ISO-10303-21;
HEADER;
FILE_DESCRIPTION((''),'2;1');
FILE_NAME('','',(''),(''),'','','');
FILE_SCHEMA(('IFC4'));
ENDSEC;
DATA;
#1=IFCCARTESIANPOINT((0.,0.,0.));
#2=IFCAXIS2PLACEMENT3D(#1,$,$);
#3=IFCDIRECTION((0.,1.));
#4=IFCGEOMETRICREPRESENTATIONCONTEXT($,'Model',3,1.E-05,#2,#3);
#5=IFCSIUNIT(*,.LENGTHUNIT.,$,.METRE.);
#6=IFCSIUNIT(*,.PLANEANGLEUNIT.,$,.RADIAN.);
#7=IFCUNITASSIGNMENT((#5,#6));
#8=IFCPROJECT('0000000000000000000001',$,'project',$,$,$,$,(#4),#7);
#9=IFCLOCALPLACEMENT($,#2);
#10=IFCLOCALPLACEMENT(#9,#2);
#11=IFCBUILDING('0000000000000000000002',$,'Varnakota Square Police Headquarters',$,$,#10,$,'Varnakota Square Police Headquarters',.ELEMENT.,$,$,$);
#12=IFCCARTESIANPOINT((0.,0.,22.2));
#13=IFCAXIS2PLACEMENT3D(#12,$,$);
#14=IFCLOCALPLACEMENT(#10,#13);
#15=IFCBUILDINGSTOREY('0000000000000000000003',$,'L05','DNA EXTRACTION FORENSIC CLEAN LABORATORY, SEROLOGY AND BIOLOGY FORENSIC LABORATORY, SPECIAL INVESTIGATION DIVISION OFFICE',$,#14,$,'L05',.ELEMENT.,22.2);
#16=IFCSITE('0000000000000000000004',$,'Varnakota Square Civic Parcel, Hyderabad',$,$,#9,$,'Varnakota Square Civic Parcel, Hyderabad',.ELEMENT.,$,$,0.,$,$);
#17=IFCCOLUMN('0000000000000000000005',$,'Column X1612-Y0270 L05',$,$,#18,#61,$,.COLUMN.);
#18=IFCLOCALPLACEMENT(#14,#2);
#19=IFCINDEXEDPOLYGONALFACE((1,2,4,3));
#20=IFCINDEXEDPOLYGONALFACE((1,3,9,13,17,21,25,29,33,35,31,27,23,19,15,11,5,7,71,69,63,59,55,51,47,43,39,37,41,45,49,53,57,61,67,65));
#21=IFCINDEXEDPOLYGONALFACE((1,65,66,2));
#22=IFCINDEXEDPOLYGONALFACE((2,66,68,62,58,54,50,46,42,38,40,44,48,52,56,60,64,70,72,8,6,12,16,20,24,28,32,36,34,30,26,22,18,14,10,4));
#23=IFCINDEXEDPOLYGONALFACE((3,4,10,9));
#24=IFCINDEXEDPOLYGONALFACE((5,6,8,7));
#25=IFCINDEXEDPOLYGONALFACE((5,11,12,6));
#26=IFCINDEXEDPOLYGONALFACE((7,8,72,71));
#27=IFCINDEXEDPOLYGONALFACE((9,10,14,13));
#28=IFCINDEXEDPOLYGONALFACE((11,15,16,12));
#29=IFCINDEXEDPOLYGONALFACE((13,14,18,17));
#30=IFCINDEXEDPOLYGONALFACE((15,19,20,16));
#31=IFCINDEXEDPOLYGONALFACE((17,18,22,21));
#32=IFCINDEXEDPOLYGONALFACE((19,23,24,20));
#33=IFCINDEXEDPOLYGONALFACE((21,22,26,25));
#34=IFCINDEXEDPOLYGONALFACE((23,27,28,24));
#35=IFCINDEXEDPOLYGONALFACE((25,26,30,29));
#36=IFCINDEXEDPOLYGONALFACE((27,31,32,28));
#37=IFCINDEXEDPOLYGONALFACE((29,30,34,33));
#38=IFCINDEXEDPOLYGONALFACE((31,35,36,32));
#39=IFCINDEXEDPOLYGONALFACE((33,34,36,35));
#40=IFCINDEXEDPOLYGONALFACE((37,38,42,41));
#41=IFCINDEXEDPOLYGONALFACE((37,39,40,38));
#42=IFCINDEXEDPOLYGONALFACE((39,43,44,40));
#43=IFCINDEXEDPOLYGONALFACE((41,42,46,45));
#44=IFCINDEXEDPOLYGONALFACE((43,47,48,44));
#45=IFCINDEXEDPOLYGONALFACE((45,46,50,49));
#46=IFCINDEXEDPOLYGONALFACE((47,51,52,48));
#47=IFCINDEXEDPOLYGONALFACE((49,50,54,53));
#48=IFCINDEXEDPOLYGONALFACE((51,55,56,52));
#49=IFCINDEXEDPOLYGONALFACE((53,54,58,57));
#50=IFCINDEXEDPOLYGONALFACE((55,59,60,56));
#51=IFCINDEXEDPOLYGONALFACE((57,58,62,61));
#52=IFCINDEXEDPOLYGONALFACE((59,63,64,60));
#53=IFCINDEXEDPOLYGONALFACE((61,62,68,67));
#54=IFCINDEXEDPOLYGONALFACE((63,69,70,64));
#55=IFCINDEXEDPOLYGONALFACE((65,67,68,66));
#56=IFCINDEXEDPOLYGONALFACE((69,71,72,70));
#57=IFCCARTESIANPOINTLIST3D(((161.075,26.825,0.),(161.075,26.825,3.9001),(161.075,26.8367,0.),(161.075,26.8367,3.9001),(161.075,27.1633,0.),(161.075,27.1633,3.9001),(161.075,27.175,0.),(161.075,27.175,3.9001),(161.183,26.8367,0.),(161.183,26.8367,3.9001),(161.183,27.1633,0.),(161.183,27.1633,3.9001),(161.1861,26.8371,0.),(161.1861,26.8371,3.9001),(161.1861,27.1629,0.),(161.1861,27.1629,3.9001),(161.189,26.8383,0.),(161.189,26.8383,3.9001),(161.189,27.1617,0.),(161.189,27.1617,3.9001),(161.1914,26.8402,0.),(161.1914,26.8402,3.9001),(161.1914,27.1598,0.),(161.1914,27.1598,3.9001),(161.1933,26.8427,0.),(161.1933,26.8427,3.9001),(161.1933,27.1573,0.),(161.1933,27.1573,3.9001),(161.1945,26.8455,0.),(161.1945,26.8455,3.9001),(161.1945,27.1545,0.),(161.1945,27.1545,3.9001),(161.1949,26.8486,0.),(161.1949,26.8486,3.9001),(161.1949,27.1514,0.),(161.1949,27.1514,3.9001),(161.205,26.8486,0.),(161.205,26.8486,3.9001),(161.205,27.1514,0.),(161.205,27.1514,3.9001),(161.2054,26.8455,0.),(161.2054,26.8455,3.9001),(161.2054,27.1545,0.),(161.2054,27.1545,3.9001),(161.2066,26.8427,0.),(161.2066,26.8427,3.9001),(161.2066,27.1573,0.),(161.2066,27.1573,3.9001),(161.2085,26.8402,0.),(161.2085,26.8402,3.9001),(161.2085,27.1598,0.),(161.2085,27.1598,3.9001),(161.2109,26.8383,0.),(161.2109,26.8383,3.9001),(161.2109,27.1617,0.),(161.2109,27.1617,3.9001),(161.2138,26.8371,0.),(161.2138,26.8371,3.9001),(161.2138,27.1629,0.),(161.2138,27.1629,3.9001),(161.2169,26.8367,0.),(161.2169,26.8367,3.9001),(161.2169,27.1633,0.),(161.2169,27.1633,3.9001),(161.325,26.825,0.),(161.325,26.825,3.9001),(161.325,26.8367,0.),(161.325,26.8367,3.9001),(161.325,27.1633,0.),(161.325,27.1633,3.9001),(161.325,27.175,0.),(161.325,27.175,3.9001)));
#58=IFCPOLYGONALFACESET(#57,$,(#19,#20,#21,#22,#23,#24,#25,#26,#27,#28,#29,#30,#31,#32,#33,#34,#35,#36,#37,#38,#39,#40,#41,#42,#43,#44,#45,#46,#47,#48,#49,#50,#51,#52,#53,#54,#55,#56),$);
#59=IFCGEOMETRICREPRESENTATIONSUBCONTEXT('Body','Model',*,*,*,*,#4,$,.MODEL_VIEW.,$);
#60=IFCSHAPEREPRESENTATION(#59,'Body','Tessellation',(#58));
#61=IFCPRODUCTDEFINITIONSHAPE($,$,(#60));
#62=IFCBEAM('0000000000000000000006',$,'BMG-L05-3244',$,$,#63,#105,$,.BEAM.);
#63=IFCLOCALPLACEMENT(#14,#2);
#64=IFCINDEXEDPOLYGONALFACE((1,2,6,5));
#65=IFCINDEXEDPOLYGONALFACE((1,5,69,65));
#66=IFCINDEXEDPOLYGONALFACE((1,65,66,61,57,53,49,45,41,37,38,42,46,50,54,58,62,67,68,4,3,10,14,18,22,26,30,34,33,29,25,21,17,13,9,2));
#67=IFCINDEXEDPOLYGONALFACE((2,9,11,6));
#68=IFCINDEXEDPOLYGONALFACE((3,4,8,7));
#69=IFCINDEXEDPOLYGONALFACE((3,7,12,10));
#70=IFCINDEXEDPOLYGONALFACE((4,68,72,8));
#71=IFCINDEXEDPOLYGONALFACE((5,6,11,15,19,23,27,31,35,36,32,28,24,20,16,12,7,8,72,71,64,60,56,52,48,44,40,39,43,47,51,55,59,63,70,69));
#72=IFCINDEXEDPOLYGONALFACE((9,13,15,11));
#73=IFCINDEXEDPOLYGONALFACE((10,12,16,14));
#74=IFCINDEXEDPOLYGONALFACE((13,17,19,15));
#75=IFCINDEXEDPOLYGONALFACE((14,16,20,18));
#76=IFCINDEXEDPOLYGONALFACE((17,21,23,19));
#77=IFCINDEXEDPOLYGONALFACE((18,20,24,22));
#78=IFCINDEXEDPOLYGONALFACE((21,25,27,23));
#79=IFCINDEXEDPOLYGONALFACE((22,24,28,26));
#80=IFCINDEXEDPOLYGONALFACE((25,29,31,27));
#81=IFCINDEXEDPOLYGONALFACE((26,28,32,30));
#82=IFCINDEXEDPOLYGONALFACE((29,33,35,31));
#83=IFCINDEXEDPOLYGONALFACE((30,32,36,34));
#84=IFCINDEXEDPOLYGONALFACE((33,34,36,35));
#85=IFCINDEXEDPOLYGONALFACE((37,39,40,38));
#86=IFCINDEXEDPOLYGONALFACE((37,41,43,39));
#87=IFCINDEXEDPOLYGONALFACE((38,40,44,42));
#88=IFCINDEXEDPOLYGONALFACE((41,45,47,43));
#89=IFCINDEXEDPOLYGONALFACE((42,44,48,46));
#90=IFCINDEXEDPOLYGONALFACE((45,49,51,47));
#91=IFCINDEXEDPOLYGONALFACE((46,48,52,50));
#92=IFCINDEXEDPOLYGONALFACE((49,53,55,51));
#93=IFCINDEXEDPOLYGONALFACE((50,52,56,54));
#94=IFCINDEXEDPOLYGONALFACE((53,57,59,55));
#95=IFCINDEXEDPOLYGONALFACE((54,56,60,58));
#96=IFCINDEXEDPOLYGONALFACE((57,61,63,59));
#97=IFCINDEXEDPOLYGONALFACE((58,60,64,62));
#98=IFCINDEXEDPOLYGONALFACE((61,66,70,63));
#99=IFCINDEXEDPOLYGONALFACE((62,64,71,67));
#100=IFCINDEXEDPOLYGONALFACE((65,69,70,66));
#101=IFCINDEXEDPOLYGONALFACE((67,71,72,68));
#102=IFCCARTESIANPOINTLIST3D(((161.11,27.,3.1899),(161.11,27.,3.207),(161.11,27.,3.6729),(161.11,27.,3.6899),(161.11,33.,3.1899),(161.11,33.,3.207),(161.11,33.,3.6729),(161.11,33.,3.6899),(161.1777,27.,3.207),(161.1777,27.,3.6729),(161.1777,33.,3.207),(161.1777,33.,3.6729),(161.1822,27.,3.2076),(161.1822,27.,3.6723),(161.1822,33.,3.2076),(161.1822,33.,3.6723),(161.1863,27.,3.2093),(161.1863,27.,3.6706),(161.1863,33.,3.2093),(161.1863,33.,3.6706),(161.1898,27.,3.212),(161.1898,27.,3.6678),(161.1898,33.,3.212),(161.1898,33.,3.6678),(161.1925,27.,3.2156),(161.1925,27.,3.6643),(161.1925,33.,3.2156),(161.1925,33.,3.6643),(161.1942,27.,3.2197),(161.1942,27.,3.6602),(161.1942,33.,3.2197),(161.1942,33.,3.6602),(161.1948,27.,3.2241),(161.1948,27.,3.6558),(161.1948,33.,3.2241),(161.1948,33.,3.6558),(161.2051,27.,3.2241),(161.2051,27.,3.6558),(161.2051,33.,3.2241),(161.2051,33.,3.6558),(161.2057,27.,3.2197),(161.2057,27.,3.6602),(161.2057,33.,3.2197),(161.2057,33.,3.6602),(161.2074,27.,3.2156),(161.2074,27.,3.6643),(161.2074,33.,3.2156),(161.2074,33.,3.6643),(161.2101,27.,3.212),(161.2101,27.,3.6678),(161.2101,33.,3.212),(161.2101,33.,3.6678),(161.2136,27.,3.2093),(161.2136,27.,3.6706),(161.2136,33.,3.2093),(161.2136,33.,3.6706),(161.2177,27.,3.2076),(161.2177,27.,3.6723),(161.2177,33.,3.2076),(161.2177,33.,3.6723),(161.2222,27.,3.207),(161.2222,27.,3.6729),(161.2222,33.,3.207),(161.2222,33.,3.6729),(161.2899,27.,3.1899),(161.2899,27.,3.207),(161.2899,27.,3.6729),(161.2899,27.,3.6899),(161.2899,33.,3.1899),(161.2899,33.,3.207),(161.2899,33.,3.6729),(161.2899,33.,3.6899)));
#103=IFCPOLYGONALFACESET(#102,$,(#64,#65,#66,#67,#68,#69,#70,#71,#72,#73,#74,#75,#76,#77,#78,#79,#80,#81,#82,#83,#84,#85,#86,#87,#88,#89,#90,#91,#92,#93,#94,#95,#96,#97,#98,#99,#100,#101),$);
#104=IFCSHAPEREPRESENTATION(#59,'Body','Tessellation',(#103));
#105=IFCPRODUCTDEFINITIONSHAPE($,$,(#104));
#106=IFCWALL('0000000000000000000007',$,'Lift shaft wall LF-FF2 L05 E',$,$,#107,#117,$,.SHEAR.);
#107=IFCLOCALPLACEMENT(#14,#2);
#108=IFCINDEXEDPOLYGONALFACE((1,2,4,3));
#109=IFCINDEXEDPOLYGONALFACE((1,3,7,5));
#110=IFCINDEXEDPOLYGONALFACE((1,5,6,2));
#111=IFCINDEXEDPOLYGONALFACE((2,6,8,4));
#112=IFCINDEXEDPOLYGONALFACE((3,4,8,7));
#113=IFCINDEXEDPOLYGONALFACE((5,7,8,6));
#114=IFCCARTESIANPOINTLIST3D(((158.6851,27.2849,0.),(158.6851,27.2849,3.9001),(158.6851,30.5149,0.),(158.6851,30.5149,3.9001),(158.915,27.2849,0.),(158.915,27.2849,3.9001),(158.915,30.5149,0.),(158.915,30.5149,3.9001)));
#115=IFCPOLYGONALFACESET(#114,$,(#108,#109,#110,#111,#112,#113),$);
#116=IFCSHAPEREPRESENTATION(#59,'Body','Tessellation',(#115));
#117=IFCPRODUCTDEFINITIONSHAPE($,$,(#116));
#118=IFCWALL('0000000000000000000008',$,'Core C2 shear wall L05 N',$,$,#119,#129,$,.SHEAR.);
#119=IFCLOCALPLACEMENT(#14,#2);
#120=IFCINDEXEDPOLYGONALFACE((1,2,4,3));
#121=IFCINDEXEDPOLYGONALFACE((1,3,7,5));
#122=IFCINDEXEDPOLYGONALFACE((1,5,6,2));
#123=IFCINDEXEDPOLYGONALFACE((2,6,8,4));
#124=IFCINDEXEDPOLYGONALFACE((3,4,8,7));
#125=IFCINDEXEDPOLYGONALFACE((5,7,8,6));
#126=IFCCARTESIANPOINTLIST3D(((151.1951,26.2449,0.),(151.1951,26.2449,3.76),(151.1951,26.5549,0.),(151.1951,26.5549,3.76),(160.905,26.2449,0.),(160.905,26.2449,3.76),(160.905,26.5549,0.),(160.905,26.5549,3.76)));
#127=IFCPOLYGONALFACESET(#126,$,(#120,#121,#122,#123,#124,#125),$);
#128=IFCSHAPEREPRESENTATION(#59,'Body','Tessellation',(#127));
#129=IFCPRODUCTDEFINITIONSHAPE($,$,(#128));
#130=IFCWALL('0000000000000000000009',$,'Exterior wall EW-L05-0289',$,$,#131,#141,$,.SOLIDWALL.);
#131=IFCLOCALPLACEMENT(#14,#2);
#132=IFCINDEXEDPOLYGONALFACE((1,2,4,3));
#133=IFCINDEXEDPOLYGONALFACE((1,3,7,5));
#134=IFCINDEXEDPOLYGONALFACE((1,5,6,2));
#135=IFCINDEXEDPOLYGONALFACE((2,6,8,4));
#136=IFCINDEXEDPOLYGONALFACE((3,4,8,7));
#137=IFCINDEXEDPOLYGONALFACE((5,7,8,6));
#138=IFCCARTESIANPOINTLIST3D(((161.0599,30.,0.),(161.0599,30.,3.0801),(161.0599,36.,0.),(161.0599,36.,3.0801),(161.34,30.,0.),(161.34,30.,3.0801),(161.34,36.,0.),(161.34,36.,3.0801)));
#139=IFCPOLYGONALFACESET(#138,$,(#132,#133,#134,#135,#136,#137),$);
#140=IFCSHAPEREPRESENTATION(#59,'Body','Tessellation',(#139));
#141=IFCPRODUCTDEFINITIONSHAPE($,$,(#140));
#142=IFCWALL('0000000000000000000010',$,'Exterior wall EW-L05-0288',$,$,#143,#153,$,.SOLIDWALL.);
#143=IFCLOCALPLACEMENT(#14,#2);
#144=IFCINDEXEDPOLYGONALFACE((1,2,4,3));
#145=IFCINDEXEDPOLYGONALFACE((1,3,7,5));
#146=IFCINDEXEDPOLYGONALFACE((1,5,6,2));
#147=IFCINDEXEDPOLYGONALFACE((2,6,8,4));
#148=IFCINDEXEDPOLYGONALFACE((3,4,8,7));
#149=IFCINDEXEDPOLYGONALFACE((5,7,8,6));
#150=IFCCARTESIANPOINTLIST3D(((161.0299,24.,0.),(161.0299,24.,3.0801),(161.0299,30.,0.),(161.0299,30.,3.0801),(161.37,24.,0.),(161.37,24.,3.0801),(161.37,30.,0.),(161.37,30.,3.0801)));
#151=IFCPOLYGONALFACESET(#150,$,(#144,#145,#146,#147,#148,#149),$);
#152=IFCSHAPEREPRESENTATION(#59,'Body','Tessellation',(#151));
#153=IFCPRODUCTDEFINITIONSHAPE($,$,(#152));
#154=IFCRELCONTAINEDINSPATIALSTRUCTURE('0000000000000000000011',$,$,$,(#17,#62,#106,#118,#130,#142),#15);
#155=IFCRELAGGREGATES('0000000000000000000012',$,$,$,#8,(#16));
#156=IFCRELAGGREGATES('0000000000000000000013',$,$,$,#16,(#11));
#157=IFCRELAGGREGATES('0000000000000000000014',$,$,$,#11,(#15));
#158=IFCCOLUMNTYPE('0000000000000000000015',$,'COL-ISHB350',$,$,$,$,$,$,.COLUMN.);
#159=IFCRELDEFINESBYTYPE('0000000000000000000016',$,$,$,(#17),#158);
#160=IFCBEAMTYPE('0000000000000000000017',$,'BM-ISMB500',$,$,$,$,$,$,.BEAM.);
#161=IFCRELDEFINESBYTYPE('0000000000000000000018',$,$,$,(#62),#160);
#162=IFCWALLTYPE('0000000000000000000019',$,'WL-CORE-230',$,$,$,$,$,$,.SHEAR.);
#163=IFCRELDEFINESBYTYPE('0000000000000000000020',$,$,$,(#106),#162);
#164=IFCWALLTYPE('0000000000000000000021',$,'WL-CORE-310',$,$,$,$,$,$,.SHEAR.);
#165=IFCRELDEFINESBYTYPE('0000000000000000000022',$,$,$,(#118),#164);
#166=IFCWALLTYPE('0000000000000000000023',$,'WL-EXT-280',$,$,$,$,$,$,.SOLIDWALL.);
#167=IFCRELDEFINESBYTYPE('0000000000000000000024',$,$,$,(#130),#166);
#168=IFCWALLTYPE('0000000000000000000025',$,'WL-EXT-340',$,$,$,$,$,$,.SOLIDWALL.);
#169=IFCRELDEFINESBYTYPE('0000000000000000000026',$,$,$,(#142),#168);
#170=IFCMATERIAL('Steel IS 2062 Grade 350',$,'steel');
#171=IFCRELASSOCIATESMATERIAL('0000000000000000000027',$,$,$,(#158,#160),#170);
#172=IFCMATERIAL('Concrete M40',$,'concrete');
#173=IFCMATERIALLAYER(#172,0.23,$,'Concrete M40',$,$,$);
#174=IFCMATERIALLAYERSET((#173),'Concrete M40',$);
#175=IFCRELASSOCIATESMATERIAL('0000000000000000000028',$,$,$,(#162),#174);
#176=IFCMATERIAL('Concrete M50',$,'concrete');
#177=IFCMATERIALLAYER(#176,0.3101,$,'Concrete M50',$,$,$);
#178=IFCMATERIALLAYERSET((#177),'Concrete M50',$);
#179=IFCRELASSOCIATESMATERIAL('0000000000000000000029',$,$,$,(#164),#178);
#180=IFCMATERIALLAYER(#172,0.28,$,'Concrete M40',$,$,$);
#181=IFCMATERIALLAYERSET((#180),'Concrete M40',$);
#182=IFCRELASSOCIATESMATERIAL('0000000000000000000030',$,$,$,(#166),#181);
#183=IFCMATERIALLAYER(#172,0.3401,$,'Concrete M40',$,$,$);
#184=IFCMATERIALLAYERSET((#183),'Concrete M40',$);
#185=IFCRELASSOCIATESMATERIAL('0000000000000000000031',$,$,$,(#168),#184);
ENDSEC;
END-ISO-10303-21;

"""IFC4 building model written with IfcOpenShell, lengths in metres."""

from ifc_helpers import new_model, si_unit, direction, frame, frame_2d, origin, origin_2d, place, context, subcontext, project, spatial, rectangle, i_section, extrude, material, layer, layer_set, material_profile, profile_set, type_object, element, save


model = new_model("IFC4")

# Units and contexts
model_context = context("Model", 3, precision=1e-05, world=origin(), true_north=direction((0.0, 1.0)))
body_context = subcontext(model_context, "Body", "Model", "MODEL_VIEW")
ifc_project = project(units=[si_unit("LENGTHUNIT", "METRE"), si_unit("PLANEANGLEUNIT", "RADIAN")], contexts=[model_context])

# Site, building, storey
site_placement = place(None, origin())
site = spatial("IfcSite", under=ifc_project, at=site_placement, Name="Varnakota Square Civic Parcel, Hyderabad", LongName="Varnakota Square Civic Parcel, Hyderabad", CompositionType="ELEMENT", RefElevation=0.0)
building_placement = place(site_placement, origin())
building = spatial("IfcBuilding", under=site, at=building_placement, Name="Varnakota Square Police Headquarters", LongName="Varnakota Square Police Headquarters", CompositionType="ELEMENT")
storey_placement = place(building_placement, frame((0.0, 0.0, 22.2)))
storey = spatial("IfcBuildingStorey", under=building, at=storey_placement, Name="L05", Description="DNA EXTRACTION FORENSIC CLEAN LABORATORY, SEROLOGY AND BIOLOGY FORENSIC LABORATORY, SPECIAL INVESTIGATION DIVISION OFFICE", LongName="L05", CompositionType="ELEMENT", Elevation=22.2)

# Column
ifc_material_1 = material(Name="Steel IS 2062 Grade 350", Category="steel")
ifc_material_profile_1 = material_profile(ifc_material_1, i_section(OverallWidth=0.25, OverallDepth=0.3501, WebThickness=0.01, FlangeThickness=0.0117, FilletRadius=0.012, at=origin_2d()), Name="ISHB 350")
ifc_profile_set_1 = profile_set([ifc_material_profile_1], Name="Steel IS 2062 Grade 350")
column_type = type_object("IfcColumnType", Name="COL-ISHB350", PredefinedType="COLUMN", material=ifc_profile_set_1)
column_placement = place(storey_placement, frame((161.2, 27.0, 0.0), z_axis=(0.0, 0.0, 1.0), x_axis=(1.0, 0.0, 0.0)))
element("IfcColumn", 1, at=column_placement, inside=storey, type_object=column_type, Name="Column X1612-Y0270 L05", PredefinedType="COLUMN", context=body_context, shape_type="SweptSolid", body=[
    extrude(i_section(OverallWidth=0.25, OverallDepth=0.3501, WebThickness=0.01, FlangeThickness=0.0117, FilletRadius=0.012, at=origin_2d()), origin(), (0.0, 0.0, 1.0), 3.9001),
])

# Beam
ifc_material_profile_2 = material_profile(ifc_material_1, i_section(OverallWidth=0.1799, OverallDepth=0.5, WebThickness=0.0103, FlangeThickness=0.0171, FilletRadius=0.0171, at=origin_2d()), Name="ISMB 500")
ifc_profile_set_2 = profile_set([ifc_material_profile_2], Name="Steel IS 2062 Grade 350")
beam_type = type_object("IfcBeamType", Name="BM-ISMB500", PredefinedType="BEAM", material=ifc_profile_set_2)
beam_placement = place(storey_placement, frame((161.2, 27.0, 3.4399), z_axis=(0.0, 1.0, 0.0), x_axis=(-1.0, 0.0, 0.0)))
element("IfcBeam", 2, at=beam_placement, inside=storey, type_object=beam_type, Name="BMG-L05-3244", PredefinedType="BEAM", context=body_context, shape_type="SweptSolid", body=[
    extrude(i_section(OverallWidth=0.1799, OverallDepth=0.5, WebThickness=0.0103, FlangeThickness=0.0171, FilletRadius=0.0171, at=origin_2d()), origin(), (0.0, 0.0, 1.0), 6.0),
])

# Walls
ifc_material_2 = material(Name="Concrete M40", Category="concrete")
ifc_layer_1 = layer(ifc_material_2, 0.23, Name="Concrete M40")
ifc_layer_set_1 = layer_set([ifc_layer_1], Name="Concrete M40")
wall_type_1 = type_object("IfcWallType", Name="WL-CORE-230", PredefinedType="SHEAR", material=ifc_layer_set_1)
wall_1_placement = place(storey_placement, frame((158.8, 27.2849, 0.0), z_axis=(0.0, 0.0, 1.0), x_axis=(0.0, 1.0, 0.0)))
element("IfcWall", 3, at=wall_1_placement, inside=storey, type_object=wall_type_1, Name="Lift shaft wall LF-FF2 L05 E", PredefinedType="SHEAR", context=body_context, shape_type="SweptSolid", body=[
    extrude(rectangle(XDim=3.23, YDim=0.23, at=frame_2d((1.615, 0.0))), origin(), (0.0, 0.0, 1.0), 3.9001),
])
ifc_material_3 = material(Name="Concrete M50", Category="concrete")
ifc_layer_2 = layer(ifc_material_3, 0.3101, Name="Concrete M50")
ifc_layer_set_2 = layer_set([ifc_layer_2], Name="Concrete M50")
wall_type_2 = type_object("IfcWallType", Name="WL-CORE-310", PredefinedType="SHEAR", material=ifc_layer_set_2)
wall_2_placement = place(storey_placement, frame((160.905, 26.3999, 0.0), z_axis=(0.0, 0.0, 1.0), x_axis=(-1.0, 0.0, 0.0)))
element("IfcWall", 4, at=wall_2_placement, inside=storey, type_object=wall_type_2, Name="Core C2 shear wall L05 N", PredefinedType="SHEAR", context=body_context, shape_type="SweptSolid", body=[
    extrude(rectangle(XDim=9.71, YDim=0.3101, at=frame_2d((4.855, 0.0))), origin(), (0.0, 0.0, 1.0), 3.76),
])
ifc_layer_3 = layer(ifc_material_2, 0.28, Name="Concrete M40")
ifc_layer_set_3 = layer_set([ifc_layer_3], Name="Concrete M40")
wall_type_3 = type_object("IfcWallType", Name="WL-EXT-280", PredefinedType="SOLIDWALL", material=ifc_layer_set_3)
wall_3_placement = place(storey_placement, frame((161.2, 30.0, 0.0), z_axis=(0.0, 0.0, 1.0), x_axis=(0.0, 1.0, 0.0)))
element("IfcWall", 5, at=wall_3_placement, inside=storey, type_object=wall_type_3, Name="Exterior wall EW-L05-0289", PredefinedType="SOLIDWALL", context=body_context, shape_type="SweptSolid", body=[
    extrude(rectangle(XDim=6.0, YDim=0.28, at=frame_2d((3.0, 0.0))), origin(), (0.0, 0.0, 1.0), 3.0801),
])
ifc_layer_4 = layer(ifc_material_2, 0.3401, Name="Concrete M40")
ifc_layer_set_4 = layer_set([ifc_layer_4], Name="Concrete M40")
wall_type_4 = type_object("IfcWallType", Name="WL-EXT-340", PredefinedType="SOLIDWALL", material=ifc_layer_set_4)
wall_4_placement = place(storey_placement, frame((161.2, 24.0, 0.0), z_axis=(0.0, 0.0, 1.0), x_axis=(0.0, 1.0, 0.0)))
element("IfcWall", 6, at=wall_4_placement, inside=storey, type_object=wall_type_4, Name="Exterior wall EW-L05-0288", PredefinedType="SOLIDWALL", context=body_context, shape_type="SweptSolid", body=[
    extrude(rectangle(XDim=6.0, YDim=0.3401, at=frame_2d((3.0, 0.0))), origin(), (0.0, 0.0, 1.0), 3.0801),
])

save(model, "model.ifc")
